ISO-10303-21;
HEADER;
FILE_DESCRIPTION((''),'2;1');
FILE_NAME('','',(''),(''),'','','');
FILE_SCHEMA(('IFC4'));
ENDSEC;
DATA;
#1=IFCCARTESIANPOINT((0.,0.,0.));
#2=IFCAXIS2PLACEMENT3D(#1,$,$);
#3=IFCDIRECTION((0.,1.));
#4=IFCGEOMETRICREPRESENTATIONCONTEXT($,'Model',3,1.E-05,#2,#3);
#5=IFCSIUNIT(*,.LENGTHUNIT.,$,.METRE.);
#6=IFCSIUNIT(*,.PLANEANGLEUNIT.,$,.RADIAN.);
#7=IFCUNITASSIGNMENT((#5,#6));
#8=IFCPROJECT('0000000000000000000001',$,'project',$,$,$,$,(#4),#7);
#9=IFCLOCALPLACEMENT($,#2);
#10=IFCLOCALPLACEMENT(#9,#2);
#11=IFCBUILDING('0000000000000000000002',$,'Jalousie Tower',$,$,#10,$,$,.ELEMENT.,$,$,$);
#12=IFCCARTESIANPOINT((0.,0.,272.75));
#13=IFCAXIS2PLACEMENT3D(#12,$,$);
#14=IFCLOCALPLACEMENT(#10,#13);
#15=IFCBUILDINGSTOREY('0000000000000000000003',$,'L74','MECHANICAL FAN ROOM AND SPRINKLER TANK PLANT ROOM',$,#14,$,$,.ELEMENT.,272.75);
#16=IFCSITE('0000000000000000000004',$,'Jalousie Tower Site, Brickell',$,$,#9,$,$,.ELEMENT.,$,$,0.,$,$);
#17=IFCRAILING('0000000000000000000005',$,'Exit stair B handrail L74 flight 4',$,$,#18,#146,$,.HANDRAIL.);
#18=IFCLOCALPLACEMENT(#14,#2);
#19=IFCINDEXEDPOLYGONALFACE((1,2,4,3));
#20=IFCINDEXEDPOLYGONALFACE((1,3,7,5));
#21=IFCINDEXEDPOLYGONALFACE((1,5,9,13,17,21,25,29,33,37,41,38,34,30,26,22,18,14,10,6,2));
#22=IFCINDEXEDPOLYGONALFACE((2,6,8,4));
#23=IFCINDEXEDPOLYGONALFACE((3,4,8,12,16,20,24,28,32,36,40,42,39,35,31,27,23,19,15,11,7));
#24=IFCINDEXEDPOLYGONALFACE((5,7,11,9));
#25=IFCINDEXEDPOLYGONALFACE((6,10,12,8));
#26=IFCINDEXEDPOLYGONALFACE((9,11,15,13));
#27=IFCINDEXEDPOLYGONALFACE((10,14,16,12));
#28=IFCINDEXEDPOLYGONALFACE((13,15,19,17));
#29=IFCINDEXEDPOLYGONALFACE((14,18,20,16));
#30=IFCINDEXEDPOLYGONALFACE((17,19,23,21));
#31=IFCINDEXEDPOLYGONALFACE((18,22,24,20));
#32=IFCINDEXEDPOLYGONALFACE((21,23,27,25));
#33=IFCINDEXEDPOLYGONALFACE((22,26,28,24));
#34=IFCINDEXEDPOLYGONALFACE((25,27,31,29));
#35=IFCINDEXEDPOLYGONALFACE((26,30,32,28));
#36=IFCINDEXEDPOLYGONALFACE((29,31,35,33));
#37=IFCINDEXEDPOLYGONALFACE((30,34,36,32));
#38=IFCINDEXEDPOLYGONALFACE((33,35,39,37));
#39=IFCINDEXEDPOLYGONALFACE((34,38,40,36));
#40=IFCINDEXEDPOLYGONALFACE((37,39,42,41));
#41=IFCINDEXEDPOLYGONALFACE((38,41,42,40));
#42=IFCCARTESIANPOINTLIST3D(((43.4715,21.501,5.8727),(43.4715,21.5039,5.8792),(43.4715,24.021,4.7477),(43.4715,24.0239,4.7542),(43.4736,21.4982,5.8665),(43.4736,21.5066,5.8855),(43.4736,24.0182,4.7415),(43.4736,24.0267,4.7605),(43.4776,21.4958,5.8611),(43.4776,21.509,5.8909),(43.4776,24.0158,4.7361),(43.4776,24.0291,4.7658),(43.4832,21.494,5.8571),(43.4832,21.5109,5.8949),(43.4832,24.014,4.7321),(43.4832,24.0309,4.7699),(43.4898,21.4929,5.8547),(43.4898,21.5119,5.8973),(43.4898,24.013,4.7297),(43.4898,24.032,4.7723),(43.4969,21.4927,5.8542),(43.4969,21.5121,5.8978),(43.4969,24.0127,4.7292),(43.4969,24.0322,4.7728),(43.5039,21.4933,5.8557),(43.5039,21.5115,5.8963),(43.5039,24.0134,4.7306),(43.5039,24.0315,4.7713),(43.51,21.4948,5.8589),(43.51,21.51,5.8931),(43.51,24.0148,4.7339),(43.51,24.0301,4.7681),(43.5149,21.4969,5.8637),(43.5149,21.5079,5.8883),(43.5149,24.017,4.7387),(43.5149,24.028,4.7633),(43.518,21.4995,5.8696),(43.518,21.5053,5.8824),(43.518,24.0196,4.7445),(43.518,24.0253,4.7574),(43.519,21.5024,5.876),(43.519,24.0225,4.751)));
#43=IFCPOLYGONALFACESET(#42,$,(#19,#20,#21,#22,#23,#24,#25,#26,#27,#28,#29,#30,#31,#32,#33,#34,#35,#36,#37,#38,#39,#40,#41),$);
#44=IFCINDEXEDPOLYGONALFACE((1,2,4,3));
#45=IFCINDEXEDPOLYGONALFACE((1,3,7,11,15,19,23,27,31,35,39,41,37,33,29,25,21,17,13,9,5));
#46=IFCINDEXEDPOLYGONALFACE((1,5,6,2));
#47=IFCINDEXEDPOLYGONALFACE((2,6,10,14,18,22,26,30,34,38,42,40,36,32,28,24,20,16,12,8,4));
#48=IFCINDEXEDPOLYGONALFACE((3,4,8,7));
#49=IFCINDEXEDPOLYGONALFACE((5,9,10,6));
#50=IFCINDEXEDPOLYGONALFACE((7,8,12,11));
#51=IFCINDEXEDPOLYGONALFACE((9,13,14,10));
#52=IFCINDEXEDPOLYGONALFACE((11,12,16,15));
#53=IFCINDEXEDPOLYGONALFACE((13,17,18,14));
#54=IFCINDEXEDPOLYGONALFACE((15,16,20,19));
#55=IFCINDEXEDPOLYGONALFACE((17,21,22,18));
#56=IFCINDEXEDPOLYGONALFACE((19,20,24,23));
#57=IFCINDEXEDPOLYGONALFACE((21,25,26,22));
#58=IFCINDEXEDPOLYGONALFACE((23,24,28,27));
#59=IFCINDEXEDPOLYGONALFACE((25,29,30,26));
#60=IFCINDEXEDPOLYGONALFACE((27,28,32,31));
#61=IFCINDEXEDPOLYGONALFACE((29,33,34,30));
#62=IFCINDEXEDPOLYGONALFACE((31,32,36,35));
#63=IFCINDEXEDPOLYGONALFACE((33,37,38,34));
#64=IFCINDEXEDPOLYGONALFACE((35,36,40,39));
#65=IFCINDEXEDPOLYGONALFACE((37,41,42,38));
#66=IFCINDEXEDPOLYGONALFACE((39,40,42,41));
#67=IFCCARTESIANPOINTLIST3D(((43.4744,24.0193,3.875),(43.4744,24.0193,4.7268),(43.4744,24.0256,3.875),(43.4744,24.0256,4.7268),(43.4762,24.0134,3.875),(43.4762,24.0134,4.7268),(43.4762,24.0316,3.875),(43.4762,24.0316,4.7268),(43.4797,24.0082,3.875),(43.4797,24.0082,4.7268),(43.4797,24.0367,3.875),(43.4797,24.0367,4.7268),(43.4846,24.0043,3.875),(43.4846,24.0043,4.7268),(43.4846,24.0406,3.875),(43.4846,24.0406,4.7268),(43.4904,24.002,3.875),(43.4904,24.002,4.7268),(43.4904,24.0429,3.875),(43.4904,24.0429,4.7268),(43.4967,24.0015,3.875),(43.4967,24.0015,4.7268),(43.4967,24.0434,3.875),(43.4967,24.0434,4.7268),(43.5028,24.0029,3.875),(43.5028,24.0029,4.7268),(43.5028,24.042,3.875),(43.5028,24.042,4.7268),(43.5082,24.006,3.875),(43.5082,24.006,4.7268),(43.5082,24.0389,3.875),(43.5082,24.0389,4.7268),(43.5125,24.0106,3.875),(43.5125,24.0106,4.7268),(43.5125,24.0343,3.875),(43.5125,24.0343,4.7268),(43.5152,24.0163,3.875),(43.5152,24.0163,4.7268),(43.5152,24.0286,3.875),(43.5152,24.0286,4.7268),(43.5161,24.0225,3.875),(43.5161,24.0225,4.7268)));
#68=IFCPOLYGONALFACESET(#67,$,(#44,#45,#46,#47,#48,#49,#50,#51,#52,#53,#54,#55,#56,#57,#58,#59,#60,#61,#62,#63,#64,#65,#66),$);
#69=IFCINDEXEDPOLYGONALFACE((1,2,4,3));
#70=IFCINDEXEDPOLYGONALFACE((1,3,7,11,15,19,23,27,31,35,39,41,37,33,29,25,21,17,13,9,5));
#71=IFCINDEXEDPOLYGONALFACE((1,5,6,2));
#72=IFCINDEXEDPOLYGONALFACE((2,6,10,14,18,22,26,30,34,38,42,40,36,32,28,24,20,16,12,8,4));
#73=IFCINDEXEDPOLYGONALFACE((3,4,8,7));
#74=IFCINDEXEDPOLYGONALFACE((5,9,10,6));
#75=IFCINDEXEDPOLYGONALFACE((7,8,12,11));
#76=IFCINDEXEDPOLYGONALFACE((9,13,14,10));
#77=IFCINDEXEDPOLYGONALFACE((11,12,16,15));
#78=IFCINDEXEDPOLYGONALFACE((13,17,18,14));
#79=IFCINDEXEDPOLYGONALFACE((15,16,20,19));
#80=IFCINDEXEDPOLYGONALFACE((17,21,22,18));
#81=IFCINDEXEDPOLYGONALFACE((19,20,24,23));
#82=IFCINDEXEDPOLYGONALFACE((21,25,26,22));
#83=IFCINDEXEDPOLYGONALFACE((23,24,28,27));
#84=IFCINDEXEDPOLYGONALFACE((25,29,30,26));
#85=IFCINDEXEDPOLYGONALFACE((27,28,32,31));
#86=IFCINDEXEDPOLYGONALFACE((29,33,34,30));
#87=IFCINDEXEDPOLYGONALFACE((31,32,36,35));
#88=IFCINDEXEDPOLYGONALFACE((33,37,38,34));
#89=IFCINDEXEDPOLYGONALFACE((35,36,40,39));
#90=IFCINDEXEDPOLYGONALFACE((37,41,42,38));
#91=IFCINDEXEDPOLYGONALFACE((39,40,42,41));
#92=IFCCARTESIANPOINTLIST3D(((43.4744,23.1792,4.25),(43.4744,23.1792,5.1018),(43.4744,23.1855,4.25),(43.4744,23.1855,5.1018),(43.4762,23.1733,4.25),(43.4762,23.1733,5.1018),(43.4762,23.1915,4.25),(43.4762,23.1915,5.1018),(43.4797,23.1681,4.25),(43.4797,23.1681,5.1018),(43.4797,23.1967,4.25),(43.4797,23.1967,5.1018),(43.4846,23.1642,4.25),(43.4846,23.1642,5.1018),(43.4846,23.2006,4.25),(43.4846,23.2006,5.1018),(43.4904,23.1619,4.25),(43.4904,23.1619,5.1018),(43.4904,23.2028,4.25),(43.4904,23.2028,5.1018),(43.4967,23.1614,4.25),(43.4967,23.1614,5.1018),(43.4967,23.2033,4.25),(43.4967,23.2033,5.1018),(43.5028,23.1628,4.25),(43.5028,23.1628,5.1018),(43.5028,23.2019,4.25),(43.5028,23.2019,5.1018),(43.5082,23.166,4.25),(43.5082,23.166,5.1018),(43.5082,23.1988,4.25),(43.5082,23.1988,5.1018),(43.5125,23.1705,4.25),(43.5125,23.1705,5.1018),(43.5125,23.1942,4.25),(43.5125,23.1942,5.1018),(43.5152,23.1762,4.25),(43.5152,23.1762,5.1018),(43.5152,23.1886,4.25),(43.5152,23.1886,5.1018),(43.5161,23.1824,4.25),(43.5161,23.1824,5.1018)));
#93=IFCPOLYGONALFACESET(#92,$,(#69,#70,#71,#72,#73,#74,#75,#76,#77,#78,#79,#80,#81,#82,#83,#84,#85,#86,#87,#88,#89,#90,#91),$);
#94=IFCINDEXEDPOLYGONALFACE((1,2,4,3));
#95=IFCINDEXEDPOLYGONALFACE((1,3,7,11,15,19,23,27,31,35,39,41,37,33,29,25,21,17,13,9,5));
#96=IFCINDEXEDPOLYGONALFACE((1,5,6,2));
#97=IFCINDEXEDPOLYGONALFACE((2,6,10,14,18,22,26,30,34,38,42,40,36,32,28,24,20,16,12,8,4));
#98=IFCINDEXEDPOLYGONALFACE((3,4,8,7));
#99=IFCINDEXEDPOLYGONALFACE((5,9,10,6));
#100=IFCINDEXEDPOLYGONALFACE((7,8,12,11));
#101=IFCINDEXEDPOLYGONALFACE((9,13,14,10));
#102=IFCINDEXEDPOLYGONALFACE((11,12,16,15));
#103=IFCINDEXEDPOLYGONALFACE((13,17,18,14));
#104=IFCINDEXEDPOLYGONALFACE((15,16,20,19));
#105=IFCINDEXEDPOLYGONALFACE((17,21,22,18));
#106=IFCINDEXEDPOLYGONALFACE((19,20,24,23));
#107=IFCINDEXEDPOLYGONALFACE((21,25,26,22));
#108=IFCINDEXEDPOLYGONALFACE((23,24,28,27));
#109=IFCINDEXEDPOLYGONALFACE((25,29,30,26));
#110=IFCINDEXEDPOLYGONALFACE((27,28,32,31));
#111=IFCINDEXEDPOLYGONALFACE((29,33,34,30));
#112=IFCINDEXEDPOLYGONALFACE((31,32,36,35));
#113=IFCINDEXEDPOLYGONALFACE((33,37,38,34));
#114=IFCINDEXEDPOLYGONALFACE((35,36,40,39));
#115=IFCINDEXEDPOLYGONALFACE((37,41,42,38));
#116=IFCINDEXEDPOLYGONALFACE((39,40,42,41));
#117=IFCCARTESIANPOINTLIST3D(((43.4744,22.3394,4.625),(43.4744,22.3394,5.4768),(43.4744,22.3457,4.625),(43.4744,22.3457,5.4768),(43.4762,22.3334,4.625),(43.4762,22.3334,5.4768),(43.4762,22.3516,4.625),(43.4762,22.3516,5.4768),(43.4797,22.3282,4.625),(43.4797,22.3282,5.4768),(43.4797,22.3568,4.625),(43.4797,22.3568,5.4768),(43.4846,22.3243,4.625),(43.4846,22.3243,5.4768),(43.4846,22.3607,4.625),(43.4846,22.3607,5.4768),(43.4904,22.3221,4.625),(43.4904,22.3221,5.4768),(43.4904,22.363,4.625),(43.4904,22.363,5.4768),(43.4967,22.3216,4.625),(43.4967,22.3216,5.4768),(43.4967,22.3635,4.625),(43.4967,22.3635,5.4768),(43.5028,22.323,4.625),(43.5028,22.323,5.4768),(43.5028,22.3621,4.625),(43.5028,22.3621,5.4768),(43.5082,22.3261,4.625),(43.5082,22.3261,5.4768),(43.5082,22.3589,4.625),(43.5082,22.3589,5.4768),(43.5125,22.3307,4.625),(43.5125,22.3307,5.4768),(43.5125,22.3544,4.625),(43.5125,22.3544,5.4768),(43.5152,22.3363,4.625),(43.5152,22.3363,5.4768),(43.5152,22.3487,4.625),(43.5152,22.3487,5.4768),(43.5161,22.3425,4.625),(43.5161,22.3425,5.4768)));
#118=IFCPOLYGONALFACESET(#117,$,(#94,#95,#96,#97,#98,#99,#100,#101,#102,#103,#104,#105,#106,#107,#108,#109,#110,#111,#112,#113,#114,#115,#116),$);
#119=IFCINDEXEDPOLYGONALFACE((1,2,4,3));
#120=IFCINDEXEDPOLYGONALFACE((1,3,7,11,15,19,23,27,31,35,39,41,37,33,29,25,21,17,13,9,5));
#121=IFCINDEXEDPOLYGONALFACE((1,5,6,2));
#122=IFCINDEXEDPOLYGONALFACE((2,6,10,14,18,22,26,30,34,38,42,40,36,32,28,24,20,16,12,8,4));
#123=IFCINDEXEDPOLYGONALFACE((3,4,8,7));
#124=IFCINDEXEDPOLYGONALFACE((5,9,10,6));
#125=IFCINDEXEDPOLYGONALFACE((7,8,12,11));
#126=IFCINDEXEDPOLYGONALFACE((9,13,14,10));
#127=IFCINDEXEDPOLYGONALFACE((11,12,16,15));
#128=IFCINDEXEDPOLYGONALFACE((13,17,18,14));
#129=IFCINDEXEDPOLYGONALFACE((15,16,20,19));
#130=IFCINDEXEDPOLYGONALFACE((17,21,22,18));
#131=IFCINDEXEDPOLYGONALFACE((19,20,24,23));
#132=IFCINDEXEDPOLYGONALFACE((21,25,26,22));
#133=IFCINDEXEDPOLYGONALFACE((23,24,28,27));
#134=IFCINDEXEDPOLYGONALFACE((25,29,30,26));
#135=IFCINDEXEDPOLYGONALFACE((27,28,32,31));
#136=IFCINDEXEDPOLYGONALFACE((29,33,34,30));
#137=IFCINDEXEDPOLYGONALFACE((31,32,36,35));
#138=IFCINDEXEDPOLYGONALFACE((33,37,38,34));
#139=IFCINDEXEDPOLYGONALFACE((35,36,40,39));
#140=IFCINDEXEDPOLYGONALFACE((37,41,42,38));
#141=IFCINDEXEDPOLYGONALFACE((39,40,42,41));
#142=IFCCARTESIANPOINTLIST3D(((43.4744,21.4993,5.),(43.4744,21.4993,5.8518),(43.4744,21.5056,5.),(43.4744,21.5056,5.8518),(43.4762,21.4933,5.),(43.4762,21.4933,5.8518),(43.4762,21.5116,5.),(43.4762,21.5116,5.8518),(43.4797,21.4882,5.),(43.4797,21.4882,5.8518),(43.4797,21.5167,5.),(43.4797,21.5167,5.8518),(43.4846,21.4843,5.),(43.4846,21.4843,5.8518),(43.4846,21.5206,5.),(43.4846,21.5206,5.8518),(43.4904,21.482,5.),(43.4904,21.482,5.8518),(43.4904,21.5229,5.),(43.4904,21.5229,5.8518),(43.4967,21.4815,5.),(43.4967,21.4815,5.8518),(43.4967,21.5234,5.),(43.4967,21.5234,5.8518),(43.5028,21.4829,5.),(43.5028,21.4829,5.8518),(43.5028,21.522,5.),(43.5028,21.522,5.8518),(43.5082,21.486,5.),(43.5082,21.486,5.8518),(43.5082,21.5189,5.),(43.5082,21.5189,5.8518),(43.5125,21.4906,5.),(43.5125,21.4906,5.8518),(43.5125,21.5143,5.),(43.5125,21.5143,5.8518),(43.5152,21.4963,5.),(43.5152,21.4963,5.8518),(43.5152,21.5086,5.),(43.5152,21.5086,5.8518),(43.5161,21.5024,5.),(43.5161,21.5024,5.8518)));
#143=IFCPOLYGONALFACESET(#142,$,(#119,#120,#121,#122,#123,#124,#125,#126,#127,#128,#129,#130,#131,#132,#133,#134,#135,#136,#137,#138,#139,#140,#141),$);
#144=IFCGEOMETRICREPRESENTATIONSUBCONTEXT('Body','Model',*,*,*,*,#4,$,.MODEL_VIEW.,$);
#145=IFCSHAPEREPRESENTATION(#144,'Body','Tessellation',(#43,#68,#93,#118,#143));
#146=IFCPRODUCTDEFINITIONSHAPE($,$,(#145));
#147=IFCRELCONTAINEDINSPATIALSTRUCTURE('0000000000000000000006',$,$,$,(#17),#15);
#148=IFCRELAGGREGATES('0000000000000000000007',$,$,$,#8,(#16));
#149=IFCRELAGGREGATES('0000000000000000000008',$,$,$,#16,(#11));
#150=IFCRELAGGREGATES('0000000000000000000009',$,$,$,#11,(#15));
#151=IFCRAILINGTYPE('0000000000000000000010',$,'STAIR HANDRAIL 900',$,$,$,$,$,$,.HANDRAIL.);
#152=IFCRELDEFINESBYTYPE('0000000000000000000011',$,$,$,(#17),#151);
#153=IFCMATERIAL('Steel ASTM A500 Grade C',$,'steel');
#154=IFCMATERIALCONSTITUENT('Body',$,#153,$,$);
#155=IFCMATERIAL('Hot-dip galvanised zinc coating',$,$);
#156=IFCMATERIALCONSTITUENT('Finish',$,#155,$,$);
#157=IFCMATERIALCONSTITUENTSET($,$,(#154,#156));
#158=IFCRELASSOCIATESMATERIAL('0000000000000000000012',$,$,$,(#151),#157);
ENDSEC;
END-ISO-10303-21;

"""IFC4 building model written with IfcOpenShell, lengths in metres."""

from ifc_helpers import new_model, si_unit, direction, frame, origin, origin_2d, place, context, subcontext, project, spatial, circle, extrude, material, constituent, constituent_set, type_object, element, save


model = new_model("IFC4")

# Units and contexts
model_context = context("Model", 3, precision=1e-05, world=origin(), true_north=direction((0.0, 1.0)))
body_context = subcontext(model_context, "Body", "Model", "MODEL_VIEW")
ifc_project = project(units=[si_unit("LENGTHUNIT", "METRE"), si_unit("PLANEANGLEUNIT", "RADIAN")], contexts=[model_context])

# Site, building, storey
site_placement = place(None, origin())
site = spatial("IfcSite", under=ifc_project, at=site_placement, Name="Jalousie Tower Site, Brickell", CompositionType="ELEMENT", RefElevation=0.0)
building_placement = place(site_placement, origin())
building = spatial("IfcBuilding", under=site, at=building_placement, Name="Jalousie Tower", CompositionType="ELEMENT")
storey_placement = place(building_placement, frame((0.0, 0.0, 272.75)))
storey = spatial("IfcBuildingStorey", under=building, at=storey_placement, Name="L74", Description="MECHANICAL FAN ROOM AND SPRINKLER TANK PLANT ROOM", CompositionType="ELEMENT", Elevation=272.75)

# Railing
ifc_material_1 = material(Name="Steel ASTM A500 Grade C", Category="steel")
ifc_constituent_1 = constituent(ifc_material_1, Name="Body")
ifc_material_2 = material(Name="Hot-dip galvanised zinc coating")
ifc_constituent_2 = constituent(ifc_material_2, Name="Finish")
ifc_constituent_set_1 = constituent_set(constituents=[ifc_constituent_1, ifc_constituent_2])
railing_type_1 = type_object("IfcRailingType", Name="STAIR HANDRAIL 900", PredefinedType="HANDRAIL", material=ifc_constituent_set_1)
railing_1_placement = place(storey_placement, frame((43.4951, 24.0225, 3.875)))
element("IfcRailing", 1, at=railing_1_placement, inside=storey, type_object=railing_type_1, Name="Exit stair B handrail L74 flight 4", PredefinedType="HANDRAIL", context=body_context, shape_type="SweptSolid", body=[
    extrude(circle(Radius=0.0239, at=origin_2d()), frame((0.0, 0.0, 0.876), z_axis=(0.0, -0.913139, 0.407648), x_axis=(1.0, 0.0, 0.0)), (0.0, 0.0, 1.0), 2.7598),
    extrude(circle(Radius=0.021, at=origin_2d()), origin(), (0.0, 0.0, 1.0), 0.8518),
    extrude(circle(Radius=0.021, at=origin_2d()), frame((0.0, -0.8401, 0.375)), (0.0, 0.0, 1.0), 0.8518),
    extrude(circle(Radius=0.021, at=origin_2d()), frame((0.0, -1.6799, 0.75)), (0.0, 0.0, 1.0), 0.8518),
    extrude(circle(Radius=0.021, at=origin_2d()), frame((0.0, -2.52, 1.125)), (0.0, 0.0, 1.0), 0.8518),
])

save(model, "model.ifc")
